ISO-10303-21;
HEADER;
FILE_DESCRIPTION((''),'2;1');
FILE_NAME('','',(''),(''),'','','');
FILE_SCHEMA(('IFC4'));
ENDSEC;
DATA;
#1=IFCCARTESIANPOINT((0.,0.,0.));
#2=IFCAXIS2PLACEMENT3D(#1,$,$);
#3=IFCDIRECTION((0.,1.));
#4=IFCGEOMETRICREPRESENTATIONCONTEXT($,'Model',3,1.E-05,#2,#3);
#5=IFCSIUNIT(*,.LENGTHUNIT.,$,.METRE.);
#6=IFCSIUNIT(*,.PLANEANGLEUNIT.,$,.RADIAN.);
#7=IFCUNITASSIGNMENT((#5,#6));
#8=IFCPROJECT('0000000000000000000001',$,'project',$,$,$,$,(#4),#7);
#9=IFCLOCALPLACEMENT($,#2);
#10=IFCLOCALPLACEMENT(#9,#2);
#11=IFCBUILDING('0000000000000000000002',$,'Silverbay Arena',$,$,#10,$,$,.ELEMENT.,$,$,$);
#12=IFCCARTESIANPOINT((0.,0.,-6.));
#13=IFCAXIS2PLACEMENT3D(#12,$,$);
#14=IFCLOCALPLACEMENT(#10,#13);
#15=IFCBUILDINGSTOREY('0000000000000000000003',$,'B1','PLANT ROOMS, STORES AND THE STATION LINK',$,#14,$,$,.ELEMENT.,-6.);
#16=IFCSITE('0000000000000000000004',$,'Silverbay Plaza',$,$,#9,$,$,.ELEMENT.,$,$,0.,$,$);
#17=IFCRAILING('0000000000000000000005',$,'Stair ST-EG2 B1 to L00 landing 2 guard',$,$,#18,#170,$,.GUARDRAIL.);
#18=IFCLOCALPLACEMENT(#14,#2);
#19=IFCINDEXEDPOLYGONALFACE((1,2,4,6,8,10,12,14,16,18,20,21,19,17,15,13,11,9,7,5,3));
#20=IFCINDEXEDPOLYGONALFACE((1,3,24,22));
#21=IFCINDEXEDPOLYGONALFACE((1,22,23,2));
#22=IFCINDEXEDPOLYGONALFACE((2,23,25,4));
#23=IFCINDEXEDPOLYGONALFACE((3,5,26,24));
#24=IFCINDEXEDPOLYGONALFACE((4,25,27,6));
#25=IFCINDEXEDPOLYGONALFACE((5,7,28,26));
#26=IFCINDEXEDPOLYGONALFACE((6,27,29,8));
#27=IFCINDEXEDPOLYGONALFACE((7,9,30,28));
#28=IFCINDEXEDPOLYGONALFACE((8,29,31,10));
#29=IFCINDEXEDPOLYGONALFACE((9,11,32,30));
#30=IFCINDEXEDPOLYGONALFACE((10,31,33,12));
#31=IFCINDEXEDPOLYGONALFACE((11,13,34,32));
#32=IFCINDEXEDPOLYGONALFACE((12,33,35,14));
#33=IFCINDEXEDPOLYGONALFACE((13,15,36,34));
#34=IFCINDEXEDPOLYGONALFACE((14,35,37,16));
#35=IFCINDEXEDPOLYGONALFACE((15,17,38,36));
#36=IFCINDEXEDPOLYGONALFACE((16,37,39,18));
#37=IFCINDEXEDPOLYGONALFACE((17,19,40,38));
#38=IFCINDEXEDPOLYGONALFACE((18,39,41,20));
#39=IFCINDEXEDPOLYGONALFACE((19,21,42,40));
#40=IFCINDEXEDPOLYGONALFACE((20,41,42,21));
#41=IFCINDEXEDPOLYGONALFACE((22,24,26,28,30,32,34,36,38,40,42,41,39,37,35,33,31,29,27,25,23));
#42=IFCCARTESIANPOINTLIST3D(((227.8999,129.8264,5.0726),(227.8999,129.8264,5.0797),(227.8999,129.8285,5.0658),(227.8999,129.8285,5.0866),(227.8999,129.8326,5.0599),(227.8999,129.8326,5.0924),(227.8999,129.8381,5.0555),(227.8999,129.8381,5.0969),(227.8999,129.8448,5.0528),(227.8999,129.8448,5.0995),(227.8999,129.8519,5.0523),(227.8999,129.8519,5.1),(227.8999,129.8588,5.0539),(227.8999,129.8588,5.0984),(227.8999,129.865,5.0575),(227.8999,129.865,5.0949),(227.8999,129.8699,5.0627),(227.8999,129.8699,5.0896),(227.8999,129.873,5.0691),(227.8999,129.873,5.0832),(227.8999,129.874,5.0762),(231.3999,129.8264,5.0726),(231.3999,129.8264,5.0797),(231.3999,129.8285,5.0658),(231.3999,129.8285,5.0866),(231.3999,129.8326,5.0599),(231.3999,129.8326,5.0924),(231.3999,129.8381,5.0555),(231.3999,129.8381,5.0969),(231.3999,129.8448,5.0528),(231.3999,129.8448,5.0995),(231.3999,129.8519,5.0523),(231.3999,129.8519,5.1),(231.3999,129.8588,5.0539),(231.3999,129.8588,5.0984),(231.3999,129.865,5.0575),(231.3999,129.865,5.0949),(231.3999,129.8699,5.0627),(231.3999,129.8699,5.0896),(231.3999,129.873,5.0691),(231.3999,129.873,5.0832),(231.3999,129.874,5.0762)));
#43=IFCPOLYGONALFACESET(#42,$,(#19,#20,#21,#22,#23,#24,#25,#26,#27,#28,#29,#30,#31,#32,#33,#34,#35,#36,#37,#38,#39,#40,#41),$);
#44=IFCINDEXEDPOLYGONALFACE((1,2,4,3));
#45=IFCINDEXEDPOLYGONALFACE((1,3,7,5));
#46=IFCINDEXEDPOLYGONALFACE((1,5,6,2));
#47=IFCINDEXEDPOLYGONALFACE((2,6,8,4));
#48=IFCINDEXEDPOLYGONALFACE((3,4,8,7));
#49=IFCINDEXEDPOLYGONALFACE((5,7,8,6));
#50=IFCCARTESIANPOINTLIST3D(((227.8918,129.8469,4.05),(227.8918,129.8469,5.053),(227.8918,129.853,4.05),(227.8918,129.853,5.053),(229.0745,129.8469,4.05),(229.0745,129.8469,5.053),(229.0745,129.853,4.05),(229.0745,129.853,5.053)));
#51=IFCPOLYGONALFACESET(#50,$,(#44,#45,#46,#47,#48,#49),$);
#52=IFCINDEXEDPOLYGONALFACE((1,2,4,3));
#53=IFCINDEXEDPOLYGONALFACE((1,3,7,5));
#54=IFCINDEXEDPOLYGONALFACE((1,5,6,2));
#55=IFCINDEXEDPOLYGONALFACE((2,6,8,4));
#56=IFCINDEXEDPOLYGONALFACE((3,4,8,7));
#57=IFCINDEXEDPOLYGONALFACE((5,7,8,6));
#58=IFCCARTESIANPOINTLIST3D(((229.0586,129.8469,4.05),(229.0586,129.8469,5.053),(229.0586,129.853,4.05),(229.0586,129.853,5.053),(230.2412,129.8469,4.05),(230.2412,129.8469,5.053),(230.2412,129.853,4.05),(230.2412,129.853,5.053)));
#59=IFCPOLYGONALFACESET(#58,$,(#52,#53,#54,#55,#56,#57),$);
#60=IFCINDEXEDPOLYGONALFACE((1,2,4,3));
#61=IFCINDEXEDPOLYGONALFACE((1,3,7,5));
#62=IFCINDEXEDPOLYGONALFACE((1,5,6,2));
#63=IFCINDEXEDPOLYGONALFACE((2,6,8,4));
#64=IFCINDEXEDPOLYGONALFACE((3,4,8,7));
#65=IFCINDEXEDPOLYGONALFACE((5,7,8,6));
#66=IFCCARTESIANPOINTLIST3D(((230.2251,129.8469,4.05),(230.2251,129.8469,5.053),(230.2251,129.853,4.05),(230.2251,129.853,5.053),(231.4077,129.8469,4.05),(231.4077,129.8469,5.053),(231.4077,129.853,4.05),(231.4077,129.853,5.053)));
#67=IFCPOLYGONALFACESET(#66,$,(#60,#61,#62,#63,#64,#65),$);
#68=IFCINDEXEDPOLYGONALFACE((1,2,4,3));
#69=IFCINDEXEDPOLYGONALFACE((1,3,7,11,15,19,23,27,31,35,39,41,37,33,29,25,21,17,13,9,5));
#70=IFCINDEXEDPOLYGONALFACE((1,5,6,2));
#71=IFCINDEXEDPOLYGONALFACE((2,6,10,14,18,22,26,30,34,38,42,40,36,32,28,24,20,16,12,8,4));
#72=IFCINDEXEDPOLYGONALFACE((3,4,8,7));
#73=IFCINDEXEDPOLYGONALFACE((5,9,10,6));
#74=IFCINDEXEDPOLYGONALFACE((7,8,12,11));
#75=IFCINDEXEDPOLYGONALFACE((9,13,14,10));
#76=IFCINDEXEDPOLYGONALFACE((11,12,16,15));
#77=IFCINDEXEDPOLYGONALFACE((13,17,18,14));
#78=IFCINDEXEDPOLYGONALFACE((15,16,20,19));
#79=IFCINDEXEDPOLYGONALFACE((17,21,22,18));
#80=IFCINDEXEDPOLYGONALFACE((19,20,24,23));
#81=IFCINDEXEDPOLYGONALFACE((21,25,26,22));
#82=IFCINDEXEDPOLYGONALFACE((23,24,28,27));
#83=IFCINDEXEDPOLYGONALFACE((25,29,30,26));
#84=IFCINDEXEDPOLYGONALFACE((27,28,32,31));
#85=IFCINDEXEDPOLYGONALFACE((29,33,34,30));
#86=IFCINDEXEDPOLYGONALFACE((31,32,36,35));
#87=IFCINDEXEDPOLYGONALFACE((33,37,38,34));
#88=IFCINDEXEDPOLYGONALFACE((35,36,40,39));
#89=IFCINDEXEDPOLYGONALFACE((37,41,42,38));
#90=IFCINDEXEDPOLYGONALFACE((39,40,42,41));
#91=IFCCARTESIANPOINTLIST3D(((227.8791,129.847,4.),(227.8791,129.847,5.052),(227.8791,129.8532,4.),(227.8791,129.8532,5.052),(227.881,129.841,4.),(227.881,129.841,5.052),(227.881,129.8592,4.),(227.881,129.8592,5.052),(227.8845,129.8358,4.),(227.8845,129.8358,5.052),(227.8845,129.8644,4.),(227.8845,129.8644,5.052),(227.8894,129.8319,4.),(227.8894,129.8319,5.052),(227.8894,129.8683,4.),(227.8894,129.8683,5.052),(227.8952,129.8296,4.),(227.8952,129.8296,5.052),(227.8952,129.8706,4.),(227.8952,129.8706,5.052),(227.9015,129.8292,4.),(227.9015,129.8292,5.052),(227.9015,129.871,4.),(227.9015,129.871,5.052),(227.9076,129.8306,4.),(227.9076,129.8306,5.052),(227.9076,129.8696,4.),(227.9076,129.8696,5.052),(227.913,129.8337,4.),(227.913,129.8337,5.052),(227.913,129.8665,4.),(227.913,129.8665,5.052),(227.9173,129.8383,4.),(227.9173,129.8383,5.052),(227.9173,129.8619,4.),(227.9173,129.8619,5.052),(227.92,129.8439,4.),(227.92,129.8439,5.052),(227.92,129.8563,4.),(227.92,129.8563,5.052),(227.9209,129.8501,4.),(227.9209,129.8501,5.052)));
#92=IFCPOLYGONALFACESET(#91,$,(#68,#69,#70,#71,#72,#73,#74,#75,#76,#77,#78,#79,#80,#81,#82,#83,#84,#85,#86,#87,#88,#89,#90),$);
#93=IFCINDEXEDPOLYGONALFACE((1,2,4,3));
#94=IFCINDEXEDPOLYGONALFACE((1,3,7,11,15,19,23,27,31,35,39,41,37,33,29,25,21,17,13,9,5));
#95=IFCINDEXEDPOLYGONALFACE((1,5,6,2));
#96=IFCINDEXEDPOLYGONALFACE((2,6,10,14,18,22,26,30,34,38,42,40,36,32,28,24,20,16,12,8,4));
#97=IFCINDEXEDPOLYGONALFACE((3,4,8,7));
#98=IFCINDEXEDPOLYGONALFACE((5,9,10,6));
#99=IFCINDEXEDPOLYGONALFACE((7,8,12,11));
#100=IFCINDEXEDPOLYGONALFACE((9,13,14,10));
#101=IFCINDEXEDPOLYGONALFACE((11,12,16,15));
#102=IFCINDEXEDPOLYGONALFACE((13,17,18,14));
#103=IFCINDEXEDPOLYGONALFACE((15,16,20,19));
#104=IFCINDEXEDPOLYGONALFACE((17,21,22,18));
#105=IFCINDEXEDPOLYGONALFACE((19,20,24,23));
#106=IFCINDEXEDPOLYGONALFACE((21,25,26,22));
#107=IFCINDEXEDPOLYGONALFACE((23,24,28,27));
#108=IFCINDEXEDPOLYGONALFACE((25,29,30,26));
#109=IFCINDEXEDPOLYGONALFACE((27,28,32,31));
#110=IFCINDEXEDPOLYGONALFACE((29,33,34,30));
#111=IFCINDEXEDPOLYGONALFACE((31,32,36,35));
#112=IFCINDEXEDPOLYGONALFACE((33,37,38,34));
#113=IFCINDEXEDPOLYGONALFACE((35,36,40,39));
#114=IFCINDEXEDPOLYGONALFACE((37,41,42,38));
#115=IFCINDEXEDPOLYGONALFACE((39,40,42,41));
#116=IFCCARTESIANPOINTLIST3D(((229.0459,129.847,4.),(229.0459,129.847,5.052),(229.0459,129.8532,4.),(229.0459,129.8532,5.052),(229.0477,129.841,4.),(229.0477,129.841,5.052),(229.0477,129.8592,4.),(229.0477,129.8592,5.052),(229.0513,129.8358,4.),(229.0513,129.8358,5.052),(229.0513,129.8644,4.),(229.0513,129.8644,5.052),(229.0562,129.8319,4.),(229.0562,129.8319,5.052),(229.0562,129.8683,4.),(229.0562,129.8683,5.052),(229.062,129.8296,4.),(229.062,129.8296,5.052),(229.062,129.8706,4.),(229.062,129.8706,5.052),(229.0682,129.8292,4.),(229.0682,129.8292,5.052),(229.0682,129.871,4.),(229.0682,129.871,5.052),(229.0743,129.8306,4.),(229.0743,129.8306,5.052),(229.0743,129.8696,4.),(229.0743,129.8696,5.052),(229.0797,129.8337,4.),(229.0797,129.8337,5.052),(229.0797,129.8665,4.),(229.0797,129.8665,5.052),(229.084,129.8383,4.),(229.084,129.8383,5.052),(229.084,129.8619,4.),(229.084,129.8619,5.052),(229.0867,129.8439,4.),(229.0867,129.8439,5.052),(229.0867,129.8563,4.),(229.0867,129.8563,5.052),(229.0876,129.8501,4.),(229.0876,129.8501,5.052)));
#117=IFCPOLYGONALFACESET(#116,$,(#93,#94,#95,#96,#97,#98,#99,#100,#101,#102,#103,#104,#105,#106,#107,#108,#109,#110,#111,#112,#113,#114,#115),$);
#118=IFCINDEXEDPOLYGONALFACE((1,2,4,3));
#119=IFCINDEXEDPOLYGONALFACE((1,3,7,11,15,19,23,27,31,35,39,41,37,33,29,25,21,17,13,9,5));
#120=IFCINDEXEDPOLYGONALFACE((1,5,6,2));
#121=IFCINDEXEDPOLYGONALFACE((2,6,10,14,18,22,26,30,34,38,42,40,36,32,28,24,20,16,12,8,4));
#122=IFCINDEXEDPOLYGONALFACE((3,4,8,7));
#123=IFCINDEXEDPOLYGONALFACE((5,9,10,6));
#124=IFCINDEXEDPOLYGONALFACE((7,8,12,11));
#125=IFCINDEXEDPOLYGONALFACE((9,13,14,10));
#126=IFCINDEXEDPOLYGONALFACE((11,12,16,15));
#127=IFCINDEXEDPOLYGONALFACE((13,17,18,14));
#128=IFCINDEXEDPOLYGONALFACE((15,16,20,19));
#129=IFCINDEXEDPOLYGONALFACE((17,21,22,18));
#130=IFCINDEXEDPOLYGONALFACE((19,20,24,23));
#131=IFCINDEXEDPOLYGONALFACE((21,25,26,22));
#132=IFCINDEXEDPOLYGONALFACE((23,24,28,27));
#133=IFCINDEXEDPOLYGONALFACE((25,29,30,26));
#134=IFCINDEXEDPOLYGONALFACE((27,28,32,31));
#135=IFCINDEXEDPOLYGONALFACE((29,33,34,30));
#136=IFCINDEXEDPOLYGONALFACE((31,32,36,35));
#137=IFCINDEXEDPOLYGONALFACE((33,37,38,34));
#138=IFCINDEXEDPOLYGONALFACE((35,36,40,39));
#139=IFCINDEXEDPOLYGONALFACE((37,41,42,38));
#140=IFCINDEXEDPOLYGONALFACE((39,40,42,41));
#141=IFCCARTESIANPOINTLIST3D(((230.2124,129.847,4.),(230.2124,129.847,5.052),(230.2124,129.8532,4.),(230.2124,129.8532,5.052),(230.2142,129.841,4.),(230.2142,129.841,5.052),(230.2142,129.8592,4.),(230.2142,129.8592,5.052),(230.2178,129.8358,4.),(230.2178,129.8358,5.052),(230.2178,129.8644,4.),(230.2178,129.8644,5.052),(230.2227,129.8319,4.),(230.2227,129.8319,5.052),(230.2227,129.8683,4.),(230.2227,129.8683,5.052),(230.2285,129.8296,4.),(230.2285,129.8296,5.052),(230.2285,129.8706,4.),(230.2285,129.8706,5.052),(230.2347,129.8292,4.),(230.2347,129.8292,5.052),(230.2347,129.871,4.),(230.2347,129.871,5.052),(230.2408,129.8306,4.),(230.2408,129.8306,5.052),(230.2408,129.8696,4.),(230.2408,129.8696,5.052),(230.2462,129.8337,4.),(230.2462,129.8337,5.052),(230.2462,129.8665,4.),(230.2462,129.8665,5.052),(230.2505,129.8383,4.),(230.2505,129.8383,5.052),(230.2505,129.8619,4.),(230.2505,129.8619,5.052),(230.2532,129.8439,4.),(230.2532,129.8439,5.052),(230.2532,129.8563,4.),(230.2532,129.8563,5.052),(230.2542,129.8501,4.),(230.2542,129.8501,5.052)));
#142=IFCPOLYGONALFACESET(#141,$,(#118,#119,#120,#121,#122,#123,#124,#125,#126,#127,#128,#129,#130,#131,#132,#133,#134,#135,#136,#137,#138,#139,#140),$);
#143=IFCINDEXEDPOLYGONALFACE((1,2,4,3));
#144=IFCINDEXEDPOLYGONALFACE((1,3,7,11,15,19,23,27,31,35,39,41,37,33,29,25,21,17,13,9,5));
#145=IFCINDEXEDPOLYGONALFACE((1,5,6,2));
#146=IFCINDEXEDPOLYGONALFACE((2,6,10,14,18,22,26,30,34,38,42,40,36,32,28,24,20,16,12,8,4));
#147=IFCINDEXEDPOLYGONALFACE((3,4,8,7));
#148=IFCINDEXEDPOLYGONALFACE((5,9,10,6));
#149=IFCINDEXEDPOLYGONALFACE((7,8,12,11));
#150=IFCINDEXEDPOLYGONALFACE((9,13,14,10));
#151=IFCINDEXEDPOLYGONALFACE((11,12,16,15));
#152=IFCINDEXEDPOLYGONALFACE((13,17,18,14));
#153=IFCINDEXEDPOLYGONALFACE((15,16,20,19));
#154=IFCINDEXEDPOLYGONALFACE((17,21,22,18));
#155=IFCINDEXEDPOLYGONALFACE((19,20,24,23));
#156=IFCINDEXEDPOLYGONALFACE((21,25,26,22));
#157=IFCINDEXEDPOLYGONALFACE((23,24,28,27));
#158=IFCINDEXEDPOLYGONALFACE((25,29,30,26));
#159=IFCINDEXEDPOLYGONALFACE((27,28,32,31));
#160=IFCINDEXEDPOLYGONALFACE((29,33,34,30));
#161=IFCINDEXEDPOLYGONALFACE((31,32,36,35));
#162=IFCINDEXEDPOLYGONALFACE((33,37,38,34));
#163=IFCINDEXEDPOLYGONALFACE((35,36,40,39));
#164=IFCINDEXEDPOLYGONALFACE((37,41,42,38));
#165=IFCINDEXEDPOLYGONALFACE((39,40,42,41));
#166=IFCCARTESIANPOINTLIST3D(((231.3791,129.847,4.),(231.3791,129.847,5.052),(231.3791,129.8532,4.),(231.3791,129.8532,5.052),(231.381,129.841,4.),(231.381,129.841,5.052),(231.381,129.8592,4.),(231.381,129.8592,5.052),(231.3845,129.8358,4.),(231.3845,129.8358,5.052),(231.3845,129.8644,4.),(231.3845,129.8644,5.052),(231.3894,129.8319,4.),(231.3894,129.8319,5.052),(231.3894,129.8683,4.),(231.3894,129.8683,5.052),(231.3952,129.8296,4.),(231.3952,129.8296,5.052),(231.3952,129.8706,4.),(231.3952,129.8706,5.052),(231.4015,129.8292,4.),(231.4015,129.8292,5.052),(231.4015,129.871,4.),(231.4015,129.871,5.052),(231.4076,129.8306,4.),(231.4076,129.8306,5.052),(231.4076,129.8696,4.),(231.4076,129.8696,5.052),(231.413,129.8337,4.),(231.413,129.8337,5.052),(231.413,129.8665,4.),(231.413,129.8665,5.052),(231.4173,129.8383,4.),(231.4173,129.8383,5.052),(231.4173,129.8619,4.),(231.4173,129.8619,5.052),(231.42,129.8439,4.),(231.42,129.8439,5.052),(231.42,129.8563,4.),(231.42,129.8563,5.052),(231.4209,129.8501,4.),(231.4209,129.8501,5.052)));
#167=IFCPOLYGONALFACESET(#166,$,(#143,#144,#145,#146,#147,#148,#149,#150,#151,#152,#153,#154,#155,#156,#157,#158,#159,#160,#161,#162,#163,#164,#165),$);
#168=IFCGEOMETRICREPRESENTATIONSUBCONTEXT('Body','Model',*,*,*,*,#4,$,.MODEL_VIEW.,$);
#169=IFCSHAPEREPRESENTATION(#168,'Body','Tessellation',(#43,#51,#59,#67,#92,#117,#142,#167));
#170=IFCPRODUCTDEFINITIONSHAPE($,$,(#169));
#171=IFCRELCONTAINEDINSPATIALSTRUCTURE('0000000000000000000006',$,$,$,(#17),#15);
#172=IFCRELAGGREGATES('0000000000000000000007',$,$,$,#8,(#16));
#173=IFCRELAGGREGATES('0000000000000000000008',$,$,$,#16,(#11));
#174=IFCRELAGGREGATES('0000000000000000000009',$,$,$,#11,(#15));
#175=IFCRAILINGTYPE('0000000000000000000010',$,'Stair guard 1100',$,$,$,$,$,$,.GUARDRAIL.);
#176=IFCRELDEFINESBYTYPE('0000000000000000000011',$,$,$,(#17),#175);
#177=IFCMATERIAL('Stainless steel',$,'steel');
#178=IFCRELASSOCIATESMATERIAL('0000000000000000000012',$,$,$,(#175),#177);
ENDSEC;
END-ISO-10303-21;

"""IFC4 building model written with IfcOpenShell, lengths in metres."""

from ifc_helpers import new_model, si_unit, direction, frame, origin, origin_2d, place, context, subcontext, project, spatial, polyline, circle, outline, extrude, material, type_object, element, save


model = new_model("IFC4")

# Units and contexts
model_context = context("Model", 3, precision=1e-05, world=origin(), true_north=direction((0.0, 1.0)))
body_context = subcontext(model_context, "Body", "Model", "MODEL_VIEW")
ifc_project = project(units=[si_unit("LENGTHUNIT", "METRE"), si_unit("PLANEANGLEUNIT", "RADIAN")], contexts=[model_context])

# Site, building, storey
site_placement = place(None, origin())
site = spatial("IfcSite", under=ifc_project, at=site_placement, Name="Silverbay Plaza", CompositionType="ELEMENT", RefElevation=0.0)
building_placement = place(site_placement, origin())
building = spatial("IfcBuilding", under=site, at=building_placement, Name="Silverbay Arena", CompositionType="ELEMENT")
storey_placement = place(building_placement, frame((0.0, 0.0, -6.0)))
storey = spatial("IfcBuildingStorey", under=building, at=storey_placement, Name="B1", Description="PLANT ROOMS, STORES AND THE STATION LINK", CompositionType="ELEMENT", Elevation=-6.0)

# Railing
ifc_material_1 = material(Name="Stainless steel", Category="steel")
railing_type_1 = type_object("IfcRailingType", Name="Stair guard 1100", PredefinedType="GUARDRAIL", material=ifc_material_1)
for number, where, name in (
    (1, (227.8999, 129.8501, 4.0), "Stair ST-EG2 B1 to L00 landing 2 guard"),
):
    element("IfcRailing", number, at=place(storey_placement, frame(where)), inside=storey, type_object=railing_type_1, Name=name, PredefinedType="GUARDRAIL", context=body_context, shape_type="SweptSolid", body=[
        extrude(circle(Radius=0.0239, at=origin_2d()), frame((0.0, 0.0, 1.0762), z_axis=(1.0, 0.0, 0.0), x_axis=(0.0, 1.0, 0.0)), (0.0, 0.0, 1.0), 3.5),
        extrude(outline(polyline([(-0.0081, 0.05), (1.1746, 0.05), (1.1746, 1.053), (-0.0081, 1.053), (-0.0081, 0.05)])), frame((0.0, 0.0029, 0.0), z_axis=(0.0, -1.0, 0.0), x_axis=(1.0, 0.0, 0.0)), (0.0, 0.0, 1.0), 0.0061),
        extrude(outline(polyline([(-0.0081, 0.05), (1.1746, 0.05), (1.1746, 1.053), (-0.0081, 1.053), (-0.0081, 0.05)])), frame((1.1667, 0.0029, 0.0), z_axis=(0.0, -1.0, 0.0), x_axis=(1.0, 0.0, 0.0)), (0.0, 0.0, 1.0), 0.0061),
        extrude(outline(polyline([(-0.0081, 0.05), (1.1746, 0.05), (1.1746, 1.053), (-0.0081, 1.053), (-0.0081, 0.05)])), frame((2.3333, 0.0029, 0.0), z_axis=(0.0, -1.0, 0.0), x_axis=(1.0, 0.0, 0.0)), (0.0, 0.0, 1.0), 0.0061),
        extrude(circle(Radius=0.021, at=origin_2d()), origin(), (0.0, 0.0, 1.0), 1.052),
        extrude(circle(Radius=0.021, at=origin_2d()), frame((1.1667, 0.0, 0.0)), (0.0, 0.0, 1.0), 1.052),
        extrude(circle(Radius=0.021, at=origin_2d()), frame((2.3333, 0.0, 0.0)), (0.0, 0.0, 1.0), 1.052),
        extrude(circle(Radius=0.021, at=origin_2d()), frame((3.5, 0.0, 0.0)), (0.0, 0.0, 1.0), 1.052),
    ])

save(model, "model.ifc")
